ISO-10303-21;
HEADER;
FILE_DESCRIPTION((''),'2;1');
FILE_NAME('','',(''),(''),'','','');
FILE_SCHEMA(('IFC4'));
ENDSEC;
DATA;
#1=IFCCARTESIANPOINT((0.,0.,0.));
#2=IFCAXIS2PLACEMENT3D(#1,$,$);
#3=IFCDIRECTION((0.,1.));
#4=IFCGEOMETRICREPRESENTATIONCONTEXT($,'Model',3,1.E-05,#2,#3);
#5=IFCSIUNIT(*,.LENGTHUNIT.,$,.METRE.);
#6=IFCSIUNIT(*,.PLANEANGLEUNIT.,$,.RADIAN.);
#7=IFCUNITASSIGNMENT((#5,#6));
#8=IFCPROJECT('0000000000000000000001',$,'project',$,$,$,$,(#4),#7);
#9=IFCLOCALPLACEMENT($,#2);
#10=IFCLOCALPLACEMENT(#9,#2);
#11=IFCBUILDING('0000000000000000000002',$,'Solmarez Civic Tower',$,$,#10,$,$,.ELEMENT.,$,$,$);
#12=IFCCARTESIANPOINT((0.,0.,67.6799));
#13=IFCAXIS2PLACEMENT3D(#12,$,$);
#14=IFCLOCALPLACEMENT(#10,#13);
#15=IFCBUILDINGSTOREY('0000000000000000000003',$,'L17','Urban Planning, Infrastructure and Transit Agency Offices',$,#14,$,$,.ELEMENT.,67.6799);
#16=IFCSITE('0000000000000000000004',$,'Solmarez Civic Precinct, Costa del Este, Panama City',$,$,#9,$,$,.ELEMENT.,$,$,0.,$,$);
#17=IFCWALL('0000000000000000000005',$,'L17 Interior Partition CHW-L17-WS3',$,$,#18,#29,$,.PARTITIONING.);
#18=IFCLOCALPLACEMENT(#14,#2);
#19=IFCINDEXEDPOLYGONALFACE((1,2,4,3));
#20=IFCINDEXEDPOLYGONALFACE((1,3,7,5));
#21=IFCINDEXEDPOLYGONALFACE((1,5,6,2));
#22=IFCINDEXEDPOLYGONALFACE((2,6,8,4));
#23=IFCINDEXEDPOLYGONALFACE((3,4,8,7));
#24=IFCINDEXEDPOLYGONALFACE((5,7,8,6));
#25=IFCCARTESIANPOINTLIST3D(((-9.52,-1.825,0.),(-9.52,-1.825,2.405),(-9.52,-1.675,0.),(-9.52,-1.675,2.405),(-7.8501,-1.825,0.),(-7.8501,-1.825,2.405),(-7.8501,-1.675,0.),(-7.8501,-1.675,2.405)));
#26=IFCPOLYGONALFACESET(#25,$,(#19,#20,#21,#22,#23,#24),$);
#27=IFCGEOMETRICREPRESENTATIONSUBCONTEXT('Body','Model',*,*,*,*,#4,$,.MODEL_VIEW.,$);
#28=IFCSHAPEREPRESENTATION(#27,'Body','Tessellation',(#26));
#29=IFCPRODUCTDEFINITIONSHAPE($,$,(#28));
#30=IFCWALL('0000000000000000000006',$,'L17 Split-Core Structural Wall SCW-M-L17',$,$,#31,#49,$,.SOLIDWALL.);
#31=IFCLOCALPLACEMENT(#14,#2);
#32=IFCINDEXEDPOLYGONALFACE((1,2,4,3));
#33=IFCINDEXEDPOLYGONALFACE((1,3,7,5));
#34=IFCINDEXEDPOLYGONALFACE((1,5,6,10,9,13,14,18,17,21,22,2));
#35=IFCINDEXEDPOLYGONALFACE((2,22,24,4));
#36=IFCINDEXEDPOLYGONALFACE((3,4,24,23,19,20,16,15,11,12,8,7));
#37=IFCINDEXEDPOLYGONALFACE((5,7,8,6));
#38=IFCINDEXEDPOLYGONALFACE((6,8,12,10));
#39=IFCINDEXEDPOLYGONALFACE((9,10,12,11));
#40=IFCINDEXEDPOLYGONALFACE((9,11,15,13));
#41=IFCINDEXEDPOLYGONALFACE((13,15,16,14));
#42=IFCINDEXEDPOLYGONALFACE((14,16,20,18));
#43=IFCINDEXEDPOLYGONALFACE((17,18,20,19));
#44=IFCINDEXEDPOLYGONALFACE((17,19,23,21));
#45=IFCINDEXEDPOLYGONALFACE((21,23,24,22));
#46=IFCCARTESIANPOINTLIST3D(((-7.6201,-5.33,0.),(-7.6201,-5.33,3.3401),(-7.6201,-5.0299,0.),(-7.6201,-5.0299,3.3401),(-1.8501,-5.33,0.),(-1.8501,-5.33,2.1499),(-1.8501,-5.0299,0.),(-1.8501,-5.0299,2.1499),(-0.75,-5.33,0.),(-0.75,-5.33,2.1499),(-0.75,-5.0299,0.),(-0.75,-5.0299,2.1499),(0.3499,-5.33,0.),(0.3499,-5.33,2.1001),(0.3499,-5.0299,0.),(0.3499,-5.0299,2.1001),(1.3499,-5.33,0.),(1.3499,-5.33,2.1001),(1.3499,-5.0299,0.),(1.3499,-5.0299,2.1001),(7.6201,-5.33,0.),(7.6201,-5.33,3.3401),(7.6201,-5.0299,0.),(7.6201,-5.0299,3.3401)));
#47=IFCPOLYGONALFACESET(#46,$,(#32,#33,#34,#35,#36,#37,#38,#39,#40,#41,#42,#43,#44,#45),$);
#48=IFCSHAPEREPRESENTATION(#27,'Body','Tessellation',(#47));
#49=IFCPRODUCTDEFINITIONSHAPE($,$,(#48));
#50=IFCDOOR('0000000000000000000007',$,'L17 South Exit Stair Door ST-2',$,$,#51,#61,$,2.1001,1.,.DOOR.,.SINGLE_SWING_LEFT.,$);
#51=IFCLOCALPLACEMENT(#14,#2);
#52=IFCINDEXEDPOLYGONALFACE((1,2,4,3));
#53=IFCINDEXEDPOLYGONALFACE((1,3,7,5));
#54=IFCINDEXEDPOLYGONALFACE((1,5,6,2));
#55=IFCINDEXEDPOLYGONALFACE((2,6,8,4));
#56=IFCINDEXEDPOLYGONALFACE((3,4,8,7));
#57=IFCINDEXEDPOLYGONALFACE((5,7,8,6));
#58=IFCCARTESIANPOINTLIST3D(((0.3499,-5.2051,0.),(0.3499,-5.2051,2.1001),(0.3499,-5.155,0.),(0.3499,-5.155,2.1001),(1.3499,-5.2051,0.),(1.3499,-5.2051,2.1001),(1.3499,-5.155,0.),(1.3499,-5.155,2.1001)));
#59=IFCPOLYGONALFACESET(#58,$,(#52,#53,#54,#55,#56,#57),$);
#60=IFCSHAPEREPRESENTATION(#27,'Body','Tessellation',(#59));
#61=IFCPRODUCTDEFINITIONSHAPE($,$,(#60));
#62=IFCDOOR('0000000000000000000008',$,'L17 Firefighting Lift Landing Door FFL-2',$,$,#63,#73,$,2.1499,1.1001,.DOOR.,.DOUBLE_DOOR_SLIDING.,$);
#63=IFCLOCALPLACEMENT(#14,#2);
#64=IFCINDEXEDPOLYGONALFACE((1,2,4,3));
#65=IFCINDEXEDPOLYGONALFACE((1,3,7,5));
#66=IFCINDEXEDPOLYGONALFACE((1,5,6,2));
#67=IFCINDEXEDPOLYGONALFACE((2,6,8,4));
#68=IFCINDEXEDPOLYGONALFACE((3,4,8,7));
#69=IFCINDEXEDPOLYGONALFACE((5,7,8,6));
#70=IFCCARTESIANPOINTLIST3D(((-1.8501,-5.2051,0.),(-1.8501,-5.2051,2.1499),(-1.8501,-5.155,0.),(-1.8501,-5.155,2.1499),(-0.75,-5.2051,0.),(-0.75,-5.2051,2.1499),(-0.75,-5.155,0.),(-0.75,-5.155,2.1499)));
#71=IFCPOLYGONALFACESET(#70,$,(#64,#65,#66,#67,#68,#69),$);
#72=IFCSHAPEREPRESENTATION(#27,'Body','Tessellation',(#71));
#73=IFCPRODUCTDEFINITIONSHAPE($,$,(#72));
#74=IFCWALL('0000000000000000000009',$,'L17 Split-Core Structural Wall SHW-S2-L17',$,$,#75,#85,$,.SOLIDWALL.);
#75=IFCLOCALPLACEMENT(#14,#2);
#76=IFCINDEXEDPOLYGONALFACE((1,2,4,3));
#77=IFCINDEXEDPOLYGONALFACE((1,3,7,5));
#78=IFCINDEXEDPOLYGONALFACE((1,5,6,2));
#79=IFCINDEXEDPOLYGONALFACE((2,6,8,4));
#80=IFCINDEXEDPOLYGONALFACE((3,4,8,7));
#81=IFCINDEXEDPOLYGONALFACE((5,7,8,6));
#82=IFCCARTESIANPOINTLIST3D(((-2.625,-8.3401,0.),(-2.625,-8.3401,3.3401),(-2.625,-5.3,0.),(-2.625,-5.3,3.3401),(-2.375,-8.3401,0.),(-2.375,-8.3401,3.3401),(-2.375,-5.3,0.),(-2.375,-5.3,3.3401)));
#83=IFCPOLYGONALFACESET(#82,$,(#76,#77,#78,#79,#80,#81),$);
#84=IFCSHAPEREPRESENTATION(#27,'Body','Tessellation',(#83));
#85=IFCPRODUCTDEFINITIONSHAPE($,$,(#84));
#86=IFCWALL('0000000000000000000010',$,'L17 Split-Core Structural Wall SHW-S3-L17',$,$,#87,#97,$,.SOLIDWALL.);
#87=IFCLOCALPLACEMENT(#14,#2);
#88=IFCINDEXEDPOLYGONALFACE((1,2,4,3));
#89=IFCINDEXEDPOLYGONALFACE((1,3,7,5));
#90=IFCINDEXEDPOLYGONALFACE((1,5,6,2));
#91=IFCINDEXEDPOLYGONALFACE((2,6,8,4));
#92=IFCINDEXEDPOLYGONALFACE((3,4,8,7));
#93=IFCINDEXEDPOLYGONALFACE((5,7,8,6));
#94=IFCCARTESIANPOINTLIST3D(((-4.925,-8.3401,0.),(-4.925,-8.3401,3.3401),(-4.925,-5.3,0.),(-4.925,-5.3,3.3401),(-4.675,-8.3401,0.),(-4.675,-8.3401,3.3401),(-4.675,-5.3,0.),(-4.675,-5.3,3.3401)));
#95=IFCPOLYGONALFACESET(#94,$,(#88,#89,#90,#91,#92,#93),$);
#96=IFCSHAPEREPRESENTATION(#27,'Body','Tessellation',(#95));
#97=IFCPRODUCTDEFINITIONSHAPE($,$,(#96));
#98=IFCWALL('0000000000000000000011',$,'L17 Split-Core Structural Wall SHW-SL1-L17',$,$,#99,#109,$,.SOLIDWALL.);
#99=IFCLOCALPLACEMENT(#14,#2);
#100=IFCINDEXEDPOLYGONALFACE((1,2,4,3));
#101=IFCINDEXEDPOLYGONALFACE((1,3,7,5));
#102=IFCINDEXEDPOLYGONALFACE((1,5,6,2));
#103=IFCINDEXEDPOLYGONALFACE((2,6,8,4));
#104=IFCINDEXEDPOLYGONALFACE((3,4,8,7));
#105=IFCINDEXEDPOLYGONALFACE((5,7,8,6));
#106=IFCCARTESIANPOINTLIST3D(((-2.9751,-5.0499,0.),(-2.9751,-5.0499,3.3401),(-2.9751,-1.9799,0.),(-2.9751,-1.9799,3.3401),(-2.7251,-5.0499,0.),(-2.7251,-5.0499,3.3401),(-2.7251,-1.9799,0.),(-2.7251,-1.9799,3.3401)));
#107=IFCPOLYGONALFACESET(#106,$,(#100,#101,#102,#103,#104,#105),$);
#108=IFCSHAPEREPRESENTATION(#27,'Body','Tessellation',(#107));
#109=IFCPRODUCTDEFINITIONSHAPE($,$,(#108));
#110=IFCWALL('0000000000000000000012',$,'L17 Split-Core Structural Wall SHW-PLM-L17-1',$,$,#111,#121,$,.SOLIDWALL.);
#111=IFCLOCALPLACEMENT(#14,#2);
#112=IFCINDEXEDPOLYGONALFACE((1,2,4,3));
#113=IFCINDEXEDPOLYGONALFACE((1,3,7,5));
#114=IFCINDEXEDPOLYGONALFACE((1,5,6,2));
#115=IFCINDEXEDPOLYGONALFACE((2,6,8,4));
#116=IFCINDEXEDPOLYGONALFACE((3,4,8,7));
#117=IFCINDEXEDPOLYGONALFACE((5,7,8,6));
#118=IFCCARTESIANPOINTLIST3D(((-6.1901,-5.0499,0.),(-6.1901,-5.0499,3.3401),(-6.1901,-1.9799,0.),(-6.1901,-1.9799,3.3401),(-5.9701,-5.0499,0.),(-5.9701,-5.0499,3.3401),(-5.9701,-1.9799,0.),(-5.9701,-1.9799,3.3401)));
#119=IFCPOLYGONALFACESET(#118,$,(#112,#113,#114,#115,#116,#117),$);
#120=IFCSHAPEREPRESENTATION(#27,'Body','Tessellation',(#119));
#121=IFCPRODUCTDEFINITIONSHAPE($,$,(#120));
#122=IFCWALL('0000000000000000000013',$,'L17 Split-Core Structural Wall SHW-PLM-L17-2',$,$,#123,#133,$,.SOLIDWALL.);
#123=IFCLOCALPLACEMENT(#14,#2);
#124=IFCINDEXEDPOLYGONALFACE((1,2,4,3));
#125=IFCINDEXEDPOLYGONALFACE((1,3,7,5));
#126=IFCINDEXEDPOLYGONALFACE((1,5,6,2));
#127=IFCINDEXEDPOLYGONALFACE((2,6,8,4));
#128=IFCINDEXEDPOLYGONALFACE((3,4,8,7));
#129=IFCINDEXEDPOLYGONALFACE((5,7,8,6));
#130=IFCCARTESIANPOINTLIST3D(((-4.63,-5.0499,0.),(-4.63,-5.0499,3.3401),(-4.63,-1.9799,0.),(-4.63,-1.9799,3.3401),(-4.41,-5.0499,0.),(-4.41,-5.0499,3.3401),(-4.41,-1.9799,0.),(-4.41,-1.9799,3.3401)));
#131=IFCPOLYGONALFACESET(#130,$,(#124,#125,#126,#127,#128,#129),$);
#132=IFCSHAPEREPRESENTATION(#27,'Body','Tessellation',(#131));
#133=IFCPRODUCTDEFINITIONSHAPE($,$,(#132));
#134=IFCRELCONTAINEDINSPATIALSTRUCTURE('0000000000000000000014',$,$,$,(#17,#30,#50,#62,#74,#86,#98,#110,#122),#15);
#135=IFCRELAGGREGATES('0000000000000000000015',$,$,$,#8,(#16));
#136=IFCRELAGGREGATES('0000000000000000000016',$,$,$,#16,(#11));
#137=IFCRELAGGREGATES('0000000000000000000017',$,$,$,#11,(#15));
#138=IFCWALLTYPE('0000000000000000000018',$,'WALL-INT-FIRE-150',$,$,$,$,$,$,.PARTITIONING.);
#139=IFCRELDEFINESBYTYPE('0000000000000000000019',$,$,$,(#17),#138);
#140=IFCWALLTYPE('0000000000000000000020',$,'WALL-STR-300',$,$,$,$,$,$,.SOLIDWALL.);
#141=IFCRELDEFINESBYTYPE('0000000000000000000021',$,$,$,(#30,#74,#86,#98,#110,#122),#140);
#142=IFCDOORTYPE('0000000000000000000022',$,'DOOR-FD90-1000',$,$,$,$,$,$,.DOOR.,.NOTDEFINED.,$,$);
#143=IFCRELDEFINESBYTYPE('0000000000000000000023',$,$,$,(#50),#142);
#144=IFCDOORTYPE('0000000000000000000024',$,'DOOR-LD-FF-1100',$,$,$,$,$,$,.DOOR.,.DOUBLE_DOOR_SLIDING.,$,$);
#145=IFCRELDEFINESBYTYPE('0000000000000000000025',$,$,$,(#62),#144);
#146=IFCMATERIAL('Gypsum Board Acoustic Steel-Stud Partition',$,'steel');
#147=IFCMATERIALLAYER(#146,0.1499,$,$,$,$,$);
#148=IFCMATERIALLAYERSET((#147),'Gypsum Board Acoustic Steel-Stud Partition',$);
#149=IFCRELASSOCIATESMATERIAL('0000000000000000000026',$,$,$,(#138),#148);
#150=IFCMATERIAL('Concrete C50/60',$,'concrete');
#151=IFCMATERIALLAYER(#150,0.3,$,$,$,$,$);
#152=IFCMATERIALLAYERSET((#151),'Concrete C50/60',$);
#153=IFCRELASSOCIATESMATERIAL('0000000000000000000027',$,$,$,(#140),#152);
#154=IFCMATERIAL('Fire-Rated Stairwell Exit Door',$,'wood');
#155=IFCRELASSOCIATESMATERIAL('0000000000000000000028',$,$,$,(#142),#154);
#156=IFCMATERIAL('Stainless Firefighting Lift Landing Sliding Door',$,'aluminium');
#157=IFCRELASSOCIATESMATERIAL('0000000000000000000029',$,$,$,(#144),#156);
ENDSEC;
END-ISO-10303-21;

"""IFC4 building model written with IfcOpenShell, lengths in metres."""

from ifc_helpers import new_model, si_unit, direction, frame, frame_2d, origin, place, context, subcontext, project, spatial, rectangle, extrude, material, layer, layer_set, type_object, element, fill, save


model = new_model("IFC4")

# Units and contexts
model_context = context("Model", 3, precision=1e-05, world=origin(), true_north=direction((0.0, 1.0)))
body_context = subcontext(model_context, "Body", "Model", "MODEL_VIEW")
ifc_project = project(units=[si_unit("LENGTHUNIT", "METRE"), si_unit("PLANEANGLEUNIT", "RADIAN")], contexts=[model_context])

# Site, building, storey
site_placement = place(None, origin())
site = spatial("IfcSite", under=ifc_project, at=site_placement, Name="Solmarez Civic Precinct, Costa del Este, Panama City", CompositionType="ELEMENT", RefElevation=0.0)
building_placement = place(site_placement, origin())
building = spatial("IfcBuilding", under=site, at=building_placement, Name="Solmarez Civic Tower", CompositionType="ELEMENT")
storey_placement = place(building_placement, frame((0.0, 0.0, 67.6799)))
storey = spatial("IfcBuildingStorey", under=building, at=storey_placement, Name="L17", Description="Urban Planning, Infrastructure and Transit Agency Offices", CompositionType="ELEMENT", Elevation=67.6799)

# Wall
ifc_material_1 = material(Name="Gypsum Board Acoustic Steel-Stud Partition", Category="steel")
ifc_layer_1 = layer(ifc_material_1, 0.1499)
ifc_layer_set_1 = layer_set([ifc_layer_1], Name="Gypsum Board Acoustic Steel-Stud Partition")
wall_type_1 = type_object("IfcWallType", Name="WALL-INT-FIRE-150", PredefinedType="PARTITIONING", material=ifc_layer_set_1)
wall_1_placement = place(storey_placement, frame((-7.8501, -1.75, 0.0), z_axis=(0.0, 0.0, 1.0), x_axis=(-1.0, 0.0, 0.0)))
element("IfcWall", 1, at=wall_1_placement, inside=storey, type_object=wall_type_1, Name="L17 Interior Partition CHW-L17-WS3", PredefinedType="PARTITIONING", context=body_context, shape_type="SweptSolid", body=[
    extrude(rectangle(XDim=1.6699, YDim=0.1499, at=frame_2d((0.835, 0.0))), origin(), (0.0, 0.0, 1.0), 2.405),
])

# Wall, openings, doors
ifc_material_2 = material(Name="Concrete C50/60", Category="concrete")
ifc_layer_2 = layer(ifc_material_2, 0.3)
ifc_layer_set_2 = layer_set([ifc_layer_2], Name="Concrete C50/60")
wall_type_2 = type_object("IfcWallType", Name="WALL-STR-300", PredefinedType="SOLIDWALL", material=ifc_layer_set_2)
wall_2_placement = place(storey_placement, frame((-7.6201, -5.1799, 0.0), z_axis=(0.0, 0.0, 1.0), x_axis=(1.0, 0.0, 0.0)))
wall_2 = element("IfcWall", 2, at=wall_2_placement, inside=storey, type_object=wall_type_2, Name="L17 Split-Core Structural Wall SCW-M-L17", PredefinedType="SOLIDWALL", context=body_context, shape_type="SweptSolid", body=[
    extrude(rectangle(XDim=15.2402, YDim=0.3, at=frame_2d((7.6201, 0.0))), origin(), (0.0, 0.0, 1.0), 3.3401),
])
opening_1_placement = place(wall_2_placement, frame((5.77, 0.0, 0.0)))
opening_1 = element("IfcOpeningElement", 3, at=opening_1_placement, cuts=wall_2, PredefinedType="OPENING", context=body_context, shape_type="SweptSolid", body=[
    extrude(rectangle(XDim=1.1001, YDim=2.1499, at=frame_2d((0.55, 1.075))), frame((0.0, 0.1599, 0.0), z_axis=(0.0, -1.0, 0.0), x_axis=(1.0, 0.0, 0.0)), (0.0, 0.0, 1.0), 0.3201),
])
opening_2_placement = place(wall_2_placement, frame((7.97, 0.0, 0.0)))
opening_2 = element("IfcOpeningElement", 4, at=opening_2_placement, cuts=wall_2, PredefinedType="OPENING", context=body_context, shape_type="SweptSolid", body=[
    extrude(rectangle(XDim=1.0, YDim=2.1001, at=frame_2d((0.5, 1.05))), frame((0.0, 0.1599, 0.0), z_axis=(0.0, -1.0, 0.0), x_axis=(1.0, 0.0, 0.0)), (0.0, 0.0, 1.0), 0.3201),
])
ifc_material_3 = material(Name="Fire-Rated Stairwell Exit Door", Category="wood")
door_type_1 = type_object("IfcDoorType", Name="DOOR-FD90-1000", OperationType="NOTDEFINED", PredefinedType="DOOR", material=ifc_material_3)
door_1_placement = place(opening_2_placement, origin())
door_1 = element("IfcDoor", 5, at=door_1_placement, inside=storey, type_object=door_type_1, Name="L17 South Exit Stair Door ST-2", OperationType="SINGLE_SWING_LEFT", OverallHeight=2.1001, OverallWidth=1.0, PredefinedType="DOOR", context=body_context, shape_type="SweptSolid", body=[
    extrude(rectangle(XDim=1.0, YDim=2.1001, at=frame_2d((0.5, 1.05))), frame((0.0, 0.0249, 0.0), z_axis=(0.0, -1.0, 0.0), x_axis=(1.0, 0.0, 0.0)), (0.0, 0.0, 1.0), 0.05),
])
fill(opening_2, door_1)
ifc_material_4 = material(Name="Stainless Firefighting Lift Landing Sliding Door", Category="aluminium")
door_type_2 = type_object("IfcDoorType", Name="DOOR-LD-FF-1100", OperationType="DOUBLE_DOOR_SLIDING", PredefinedType="DOOR", material=ifc_material_4)
door_2_placement = place(opening_1_placement, origin())
door_2 = element("IfcDoor", 6, at=door_2_placement, inside=storey, type_object=door_type_2, Name="L17 Firefighting Lift Landing Door FFL-2", OperationType="DOUBLE_DOOR_SLIDING", OverallHeight=2.1499, OverallWidth=1.1001, PredefinedType="DOOR", context=body_context, shape_type="SweptSolid", body=[
    extrude(rectangle(XDim=1.1001, YDim=2.1499, at=frame_2d((0.55, 1.075))), frame((0.0, 0.0249, 0.0), z_axis=(0.0, -1.0, 0.0), x_axis=(1.0, 0.0, 0.0)), (0.0, 0.0, 1.0), 0.05),
])
fill(opening_1, door_2)

# Walls
for number, where, z_axis, x_axis, name in (
    (7, (-2.5, -8.3401, 0.0), (0.0, 0.0, 1.0), (0.0, 1.0, 0.0), "L17 Split-Core Structural Wall SHW-S2-L17"),
    (8, (-4.8, -8.3401, 0.0), (0.0, 0.0, 1.0), (0.0, 1.0, 0.0), "L17 Split-Core Structural Wall SHW-S3-L17"),
):
    element("IfcWall", number, at=place(storey_placement, frame(where, z_axis=z_axis, x_axis=x_axis)), inside=storey, type_object=wall_type_2, Name=name, PredefinedType="SOLIDWALL", context=body_context, shape_type="SweptSolid", body=[
        extrude(rectangle(XDim=3.04, YDim=0.25, at=frame_2d((1.52, 0.0))), origin(), (0.0, 0.0, 1.0), 3.3401),
    ])
wall_3_placement = place(storey_placement, frame((-2.8501, -5.05, 0.0), z_axis=(0.0, 0.0, 1.0), x_axis=(0.0, 1.0, 0.0)))
element("IfcWall", 9, at=wall_3_placement, inside=storey, type_object=wall_type_2, Name="L17 Split-Core Structural Wall SHW-SL1-L17", PredefinedType="SOLIDWALL", context=body_context, shape_type="SweptSolid", body=[
    extrude(rectangle(XDim=3.0701, YDim=0.25, at=frame_2d((1.5352, 0.0))), origin(), (0.0, 0.0, 1.0), 3.3401),
])
for number, where, z_axis, x_axis, name in (
    (10, (-6.0801, -5.05, 0.0), (0.0, 0.0, 1.0), (0.0, 1.0, 0.0), "L17 Split-Core Structural Wall SHW-PLM-L17-1"),
    (11, (-4.52, -5.05, 0.0), (0.0, 0.0, 1.0), (0.0, 1.0, 0.0), "L17 Split-Core Structural Wall SHW-PLM-L17-2"),
):
    element("IfcWall", number, at=place(storey_placement, frame(where, z_axis=z_axis, x_axis=x_axis)), inside=storey, type_object=wall_type_2, Name=name, PredefinedType="SOLIDWALL", context=body_context, shape_type="SweptSolid", body=[
        extrude(rectangle(XDim=3.0701, YDim=0.22, at=frame_2d((1.5352, 0.0))), origin(), (0.0, 0.0, 1.0), 3.3401),
    ])

save(model, "model.ifc")
